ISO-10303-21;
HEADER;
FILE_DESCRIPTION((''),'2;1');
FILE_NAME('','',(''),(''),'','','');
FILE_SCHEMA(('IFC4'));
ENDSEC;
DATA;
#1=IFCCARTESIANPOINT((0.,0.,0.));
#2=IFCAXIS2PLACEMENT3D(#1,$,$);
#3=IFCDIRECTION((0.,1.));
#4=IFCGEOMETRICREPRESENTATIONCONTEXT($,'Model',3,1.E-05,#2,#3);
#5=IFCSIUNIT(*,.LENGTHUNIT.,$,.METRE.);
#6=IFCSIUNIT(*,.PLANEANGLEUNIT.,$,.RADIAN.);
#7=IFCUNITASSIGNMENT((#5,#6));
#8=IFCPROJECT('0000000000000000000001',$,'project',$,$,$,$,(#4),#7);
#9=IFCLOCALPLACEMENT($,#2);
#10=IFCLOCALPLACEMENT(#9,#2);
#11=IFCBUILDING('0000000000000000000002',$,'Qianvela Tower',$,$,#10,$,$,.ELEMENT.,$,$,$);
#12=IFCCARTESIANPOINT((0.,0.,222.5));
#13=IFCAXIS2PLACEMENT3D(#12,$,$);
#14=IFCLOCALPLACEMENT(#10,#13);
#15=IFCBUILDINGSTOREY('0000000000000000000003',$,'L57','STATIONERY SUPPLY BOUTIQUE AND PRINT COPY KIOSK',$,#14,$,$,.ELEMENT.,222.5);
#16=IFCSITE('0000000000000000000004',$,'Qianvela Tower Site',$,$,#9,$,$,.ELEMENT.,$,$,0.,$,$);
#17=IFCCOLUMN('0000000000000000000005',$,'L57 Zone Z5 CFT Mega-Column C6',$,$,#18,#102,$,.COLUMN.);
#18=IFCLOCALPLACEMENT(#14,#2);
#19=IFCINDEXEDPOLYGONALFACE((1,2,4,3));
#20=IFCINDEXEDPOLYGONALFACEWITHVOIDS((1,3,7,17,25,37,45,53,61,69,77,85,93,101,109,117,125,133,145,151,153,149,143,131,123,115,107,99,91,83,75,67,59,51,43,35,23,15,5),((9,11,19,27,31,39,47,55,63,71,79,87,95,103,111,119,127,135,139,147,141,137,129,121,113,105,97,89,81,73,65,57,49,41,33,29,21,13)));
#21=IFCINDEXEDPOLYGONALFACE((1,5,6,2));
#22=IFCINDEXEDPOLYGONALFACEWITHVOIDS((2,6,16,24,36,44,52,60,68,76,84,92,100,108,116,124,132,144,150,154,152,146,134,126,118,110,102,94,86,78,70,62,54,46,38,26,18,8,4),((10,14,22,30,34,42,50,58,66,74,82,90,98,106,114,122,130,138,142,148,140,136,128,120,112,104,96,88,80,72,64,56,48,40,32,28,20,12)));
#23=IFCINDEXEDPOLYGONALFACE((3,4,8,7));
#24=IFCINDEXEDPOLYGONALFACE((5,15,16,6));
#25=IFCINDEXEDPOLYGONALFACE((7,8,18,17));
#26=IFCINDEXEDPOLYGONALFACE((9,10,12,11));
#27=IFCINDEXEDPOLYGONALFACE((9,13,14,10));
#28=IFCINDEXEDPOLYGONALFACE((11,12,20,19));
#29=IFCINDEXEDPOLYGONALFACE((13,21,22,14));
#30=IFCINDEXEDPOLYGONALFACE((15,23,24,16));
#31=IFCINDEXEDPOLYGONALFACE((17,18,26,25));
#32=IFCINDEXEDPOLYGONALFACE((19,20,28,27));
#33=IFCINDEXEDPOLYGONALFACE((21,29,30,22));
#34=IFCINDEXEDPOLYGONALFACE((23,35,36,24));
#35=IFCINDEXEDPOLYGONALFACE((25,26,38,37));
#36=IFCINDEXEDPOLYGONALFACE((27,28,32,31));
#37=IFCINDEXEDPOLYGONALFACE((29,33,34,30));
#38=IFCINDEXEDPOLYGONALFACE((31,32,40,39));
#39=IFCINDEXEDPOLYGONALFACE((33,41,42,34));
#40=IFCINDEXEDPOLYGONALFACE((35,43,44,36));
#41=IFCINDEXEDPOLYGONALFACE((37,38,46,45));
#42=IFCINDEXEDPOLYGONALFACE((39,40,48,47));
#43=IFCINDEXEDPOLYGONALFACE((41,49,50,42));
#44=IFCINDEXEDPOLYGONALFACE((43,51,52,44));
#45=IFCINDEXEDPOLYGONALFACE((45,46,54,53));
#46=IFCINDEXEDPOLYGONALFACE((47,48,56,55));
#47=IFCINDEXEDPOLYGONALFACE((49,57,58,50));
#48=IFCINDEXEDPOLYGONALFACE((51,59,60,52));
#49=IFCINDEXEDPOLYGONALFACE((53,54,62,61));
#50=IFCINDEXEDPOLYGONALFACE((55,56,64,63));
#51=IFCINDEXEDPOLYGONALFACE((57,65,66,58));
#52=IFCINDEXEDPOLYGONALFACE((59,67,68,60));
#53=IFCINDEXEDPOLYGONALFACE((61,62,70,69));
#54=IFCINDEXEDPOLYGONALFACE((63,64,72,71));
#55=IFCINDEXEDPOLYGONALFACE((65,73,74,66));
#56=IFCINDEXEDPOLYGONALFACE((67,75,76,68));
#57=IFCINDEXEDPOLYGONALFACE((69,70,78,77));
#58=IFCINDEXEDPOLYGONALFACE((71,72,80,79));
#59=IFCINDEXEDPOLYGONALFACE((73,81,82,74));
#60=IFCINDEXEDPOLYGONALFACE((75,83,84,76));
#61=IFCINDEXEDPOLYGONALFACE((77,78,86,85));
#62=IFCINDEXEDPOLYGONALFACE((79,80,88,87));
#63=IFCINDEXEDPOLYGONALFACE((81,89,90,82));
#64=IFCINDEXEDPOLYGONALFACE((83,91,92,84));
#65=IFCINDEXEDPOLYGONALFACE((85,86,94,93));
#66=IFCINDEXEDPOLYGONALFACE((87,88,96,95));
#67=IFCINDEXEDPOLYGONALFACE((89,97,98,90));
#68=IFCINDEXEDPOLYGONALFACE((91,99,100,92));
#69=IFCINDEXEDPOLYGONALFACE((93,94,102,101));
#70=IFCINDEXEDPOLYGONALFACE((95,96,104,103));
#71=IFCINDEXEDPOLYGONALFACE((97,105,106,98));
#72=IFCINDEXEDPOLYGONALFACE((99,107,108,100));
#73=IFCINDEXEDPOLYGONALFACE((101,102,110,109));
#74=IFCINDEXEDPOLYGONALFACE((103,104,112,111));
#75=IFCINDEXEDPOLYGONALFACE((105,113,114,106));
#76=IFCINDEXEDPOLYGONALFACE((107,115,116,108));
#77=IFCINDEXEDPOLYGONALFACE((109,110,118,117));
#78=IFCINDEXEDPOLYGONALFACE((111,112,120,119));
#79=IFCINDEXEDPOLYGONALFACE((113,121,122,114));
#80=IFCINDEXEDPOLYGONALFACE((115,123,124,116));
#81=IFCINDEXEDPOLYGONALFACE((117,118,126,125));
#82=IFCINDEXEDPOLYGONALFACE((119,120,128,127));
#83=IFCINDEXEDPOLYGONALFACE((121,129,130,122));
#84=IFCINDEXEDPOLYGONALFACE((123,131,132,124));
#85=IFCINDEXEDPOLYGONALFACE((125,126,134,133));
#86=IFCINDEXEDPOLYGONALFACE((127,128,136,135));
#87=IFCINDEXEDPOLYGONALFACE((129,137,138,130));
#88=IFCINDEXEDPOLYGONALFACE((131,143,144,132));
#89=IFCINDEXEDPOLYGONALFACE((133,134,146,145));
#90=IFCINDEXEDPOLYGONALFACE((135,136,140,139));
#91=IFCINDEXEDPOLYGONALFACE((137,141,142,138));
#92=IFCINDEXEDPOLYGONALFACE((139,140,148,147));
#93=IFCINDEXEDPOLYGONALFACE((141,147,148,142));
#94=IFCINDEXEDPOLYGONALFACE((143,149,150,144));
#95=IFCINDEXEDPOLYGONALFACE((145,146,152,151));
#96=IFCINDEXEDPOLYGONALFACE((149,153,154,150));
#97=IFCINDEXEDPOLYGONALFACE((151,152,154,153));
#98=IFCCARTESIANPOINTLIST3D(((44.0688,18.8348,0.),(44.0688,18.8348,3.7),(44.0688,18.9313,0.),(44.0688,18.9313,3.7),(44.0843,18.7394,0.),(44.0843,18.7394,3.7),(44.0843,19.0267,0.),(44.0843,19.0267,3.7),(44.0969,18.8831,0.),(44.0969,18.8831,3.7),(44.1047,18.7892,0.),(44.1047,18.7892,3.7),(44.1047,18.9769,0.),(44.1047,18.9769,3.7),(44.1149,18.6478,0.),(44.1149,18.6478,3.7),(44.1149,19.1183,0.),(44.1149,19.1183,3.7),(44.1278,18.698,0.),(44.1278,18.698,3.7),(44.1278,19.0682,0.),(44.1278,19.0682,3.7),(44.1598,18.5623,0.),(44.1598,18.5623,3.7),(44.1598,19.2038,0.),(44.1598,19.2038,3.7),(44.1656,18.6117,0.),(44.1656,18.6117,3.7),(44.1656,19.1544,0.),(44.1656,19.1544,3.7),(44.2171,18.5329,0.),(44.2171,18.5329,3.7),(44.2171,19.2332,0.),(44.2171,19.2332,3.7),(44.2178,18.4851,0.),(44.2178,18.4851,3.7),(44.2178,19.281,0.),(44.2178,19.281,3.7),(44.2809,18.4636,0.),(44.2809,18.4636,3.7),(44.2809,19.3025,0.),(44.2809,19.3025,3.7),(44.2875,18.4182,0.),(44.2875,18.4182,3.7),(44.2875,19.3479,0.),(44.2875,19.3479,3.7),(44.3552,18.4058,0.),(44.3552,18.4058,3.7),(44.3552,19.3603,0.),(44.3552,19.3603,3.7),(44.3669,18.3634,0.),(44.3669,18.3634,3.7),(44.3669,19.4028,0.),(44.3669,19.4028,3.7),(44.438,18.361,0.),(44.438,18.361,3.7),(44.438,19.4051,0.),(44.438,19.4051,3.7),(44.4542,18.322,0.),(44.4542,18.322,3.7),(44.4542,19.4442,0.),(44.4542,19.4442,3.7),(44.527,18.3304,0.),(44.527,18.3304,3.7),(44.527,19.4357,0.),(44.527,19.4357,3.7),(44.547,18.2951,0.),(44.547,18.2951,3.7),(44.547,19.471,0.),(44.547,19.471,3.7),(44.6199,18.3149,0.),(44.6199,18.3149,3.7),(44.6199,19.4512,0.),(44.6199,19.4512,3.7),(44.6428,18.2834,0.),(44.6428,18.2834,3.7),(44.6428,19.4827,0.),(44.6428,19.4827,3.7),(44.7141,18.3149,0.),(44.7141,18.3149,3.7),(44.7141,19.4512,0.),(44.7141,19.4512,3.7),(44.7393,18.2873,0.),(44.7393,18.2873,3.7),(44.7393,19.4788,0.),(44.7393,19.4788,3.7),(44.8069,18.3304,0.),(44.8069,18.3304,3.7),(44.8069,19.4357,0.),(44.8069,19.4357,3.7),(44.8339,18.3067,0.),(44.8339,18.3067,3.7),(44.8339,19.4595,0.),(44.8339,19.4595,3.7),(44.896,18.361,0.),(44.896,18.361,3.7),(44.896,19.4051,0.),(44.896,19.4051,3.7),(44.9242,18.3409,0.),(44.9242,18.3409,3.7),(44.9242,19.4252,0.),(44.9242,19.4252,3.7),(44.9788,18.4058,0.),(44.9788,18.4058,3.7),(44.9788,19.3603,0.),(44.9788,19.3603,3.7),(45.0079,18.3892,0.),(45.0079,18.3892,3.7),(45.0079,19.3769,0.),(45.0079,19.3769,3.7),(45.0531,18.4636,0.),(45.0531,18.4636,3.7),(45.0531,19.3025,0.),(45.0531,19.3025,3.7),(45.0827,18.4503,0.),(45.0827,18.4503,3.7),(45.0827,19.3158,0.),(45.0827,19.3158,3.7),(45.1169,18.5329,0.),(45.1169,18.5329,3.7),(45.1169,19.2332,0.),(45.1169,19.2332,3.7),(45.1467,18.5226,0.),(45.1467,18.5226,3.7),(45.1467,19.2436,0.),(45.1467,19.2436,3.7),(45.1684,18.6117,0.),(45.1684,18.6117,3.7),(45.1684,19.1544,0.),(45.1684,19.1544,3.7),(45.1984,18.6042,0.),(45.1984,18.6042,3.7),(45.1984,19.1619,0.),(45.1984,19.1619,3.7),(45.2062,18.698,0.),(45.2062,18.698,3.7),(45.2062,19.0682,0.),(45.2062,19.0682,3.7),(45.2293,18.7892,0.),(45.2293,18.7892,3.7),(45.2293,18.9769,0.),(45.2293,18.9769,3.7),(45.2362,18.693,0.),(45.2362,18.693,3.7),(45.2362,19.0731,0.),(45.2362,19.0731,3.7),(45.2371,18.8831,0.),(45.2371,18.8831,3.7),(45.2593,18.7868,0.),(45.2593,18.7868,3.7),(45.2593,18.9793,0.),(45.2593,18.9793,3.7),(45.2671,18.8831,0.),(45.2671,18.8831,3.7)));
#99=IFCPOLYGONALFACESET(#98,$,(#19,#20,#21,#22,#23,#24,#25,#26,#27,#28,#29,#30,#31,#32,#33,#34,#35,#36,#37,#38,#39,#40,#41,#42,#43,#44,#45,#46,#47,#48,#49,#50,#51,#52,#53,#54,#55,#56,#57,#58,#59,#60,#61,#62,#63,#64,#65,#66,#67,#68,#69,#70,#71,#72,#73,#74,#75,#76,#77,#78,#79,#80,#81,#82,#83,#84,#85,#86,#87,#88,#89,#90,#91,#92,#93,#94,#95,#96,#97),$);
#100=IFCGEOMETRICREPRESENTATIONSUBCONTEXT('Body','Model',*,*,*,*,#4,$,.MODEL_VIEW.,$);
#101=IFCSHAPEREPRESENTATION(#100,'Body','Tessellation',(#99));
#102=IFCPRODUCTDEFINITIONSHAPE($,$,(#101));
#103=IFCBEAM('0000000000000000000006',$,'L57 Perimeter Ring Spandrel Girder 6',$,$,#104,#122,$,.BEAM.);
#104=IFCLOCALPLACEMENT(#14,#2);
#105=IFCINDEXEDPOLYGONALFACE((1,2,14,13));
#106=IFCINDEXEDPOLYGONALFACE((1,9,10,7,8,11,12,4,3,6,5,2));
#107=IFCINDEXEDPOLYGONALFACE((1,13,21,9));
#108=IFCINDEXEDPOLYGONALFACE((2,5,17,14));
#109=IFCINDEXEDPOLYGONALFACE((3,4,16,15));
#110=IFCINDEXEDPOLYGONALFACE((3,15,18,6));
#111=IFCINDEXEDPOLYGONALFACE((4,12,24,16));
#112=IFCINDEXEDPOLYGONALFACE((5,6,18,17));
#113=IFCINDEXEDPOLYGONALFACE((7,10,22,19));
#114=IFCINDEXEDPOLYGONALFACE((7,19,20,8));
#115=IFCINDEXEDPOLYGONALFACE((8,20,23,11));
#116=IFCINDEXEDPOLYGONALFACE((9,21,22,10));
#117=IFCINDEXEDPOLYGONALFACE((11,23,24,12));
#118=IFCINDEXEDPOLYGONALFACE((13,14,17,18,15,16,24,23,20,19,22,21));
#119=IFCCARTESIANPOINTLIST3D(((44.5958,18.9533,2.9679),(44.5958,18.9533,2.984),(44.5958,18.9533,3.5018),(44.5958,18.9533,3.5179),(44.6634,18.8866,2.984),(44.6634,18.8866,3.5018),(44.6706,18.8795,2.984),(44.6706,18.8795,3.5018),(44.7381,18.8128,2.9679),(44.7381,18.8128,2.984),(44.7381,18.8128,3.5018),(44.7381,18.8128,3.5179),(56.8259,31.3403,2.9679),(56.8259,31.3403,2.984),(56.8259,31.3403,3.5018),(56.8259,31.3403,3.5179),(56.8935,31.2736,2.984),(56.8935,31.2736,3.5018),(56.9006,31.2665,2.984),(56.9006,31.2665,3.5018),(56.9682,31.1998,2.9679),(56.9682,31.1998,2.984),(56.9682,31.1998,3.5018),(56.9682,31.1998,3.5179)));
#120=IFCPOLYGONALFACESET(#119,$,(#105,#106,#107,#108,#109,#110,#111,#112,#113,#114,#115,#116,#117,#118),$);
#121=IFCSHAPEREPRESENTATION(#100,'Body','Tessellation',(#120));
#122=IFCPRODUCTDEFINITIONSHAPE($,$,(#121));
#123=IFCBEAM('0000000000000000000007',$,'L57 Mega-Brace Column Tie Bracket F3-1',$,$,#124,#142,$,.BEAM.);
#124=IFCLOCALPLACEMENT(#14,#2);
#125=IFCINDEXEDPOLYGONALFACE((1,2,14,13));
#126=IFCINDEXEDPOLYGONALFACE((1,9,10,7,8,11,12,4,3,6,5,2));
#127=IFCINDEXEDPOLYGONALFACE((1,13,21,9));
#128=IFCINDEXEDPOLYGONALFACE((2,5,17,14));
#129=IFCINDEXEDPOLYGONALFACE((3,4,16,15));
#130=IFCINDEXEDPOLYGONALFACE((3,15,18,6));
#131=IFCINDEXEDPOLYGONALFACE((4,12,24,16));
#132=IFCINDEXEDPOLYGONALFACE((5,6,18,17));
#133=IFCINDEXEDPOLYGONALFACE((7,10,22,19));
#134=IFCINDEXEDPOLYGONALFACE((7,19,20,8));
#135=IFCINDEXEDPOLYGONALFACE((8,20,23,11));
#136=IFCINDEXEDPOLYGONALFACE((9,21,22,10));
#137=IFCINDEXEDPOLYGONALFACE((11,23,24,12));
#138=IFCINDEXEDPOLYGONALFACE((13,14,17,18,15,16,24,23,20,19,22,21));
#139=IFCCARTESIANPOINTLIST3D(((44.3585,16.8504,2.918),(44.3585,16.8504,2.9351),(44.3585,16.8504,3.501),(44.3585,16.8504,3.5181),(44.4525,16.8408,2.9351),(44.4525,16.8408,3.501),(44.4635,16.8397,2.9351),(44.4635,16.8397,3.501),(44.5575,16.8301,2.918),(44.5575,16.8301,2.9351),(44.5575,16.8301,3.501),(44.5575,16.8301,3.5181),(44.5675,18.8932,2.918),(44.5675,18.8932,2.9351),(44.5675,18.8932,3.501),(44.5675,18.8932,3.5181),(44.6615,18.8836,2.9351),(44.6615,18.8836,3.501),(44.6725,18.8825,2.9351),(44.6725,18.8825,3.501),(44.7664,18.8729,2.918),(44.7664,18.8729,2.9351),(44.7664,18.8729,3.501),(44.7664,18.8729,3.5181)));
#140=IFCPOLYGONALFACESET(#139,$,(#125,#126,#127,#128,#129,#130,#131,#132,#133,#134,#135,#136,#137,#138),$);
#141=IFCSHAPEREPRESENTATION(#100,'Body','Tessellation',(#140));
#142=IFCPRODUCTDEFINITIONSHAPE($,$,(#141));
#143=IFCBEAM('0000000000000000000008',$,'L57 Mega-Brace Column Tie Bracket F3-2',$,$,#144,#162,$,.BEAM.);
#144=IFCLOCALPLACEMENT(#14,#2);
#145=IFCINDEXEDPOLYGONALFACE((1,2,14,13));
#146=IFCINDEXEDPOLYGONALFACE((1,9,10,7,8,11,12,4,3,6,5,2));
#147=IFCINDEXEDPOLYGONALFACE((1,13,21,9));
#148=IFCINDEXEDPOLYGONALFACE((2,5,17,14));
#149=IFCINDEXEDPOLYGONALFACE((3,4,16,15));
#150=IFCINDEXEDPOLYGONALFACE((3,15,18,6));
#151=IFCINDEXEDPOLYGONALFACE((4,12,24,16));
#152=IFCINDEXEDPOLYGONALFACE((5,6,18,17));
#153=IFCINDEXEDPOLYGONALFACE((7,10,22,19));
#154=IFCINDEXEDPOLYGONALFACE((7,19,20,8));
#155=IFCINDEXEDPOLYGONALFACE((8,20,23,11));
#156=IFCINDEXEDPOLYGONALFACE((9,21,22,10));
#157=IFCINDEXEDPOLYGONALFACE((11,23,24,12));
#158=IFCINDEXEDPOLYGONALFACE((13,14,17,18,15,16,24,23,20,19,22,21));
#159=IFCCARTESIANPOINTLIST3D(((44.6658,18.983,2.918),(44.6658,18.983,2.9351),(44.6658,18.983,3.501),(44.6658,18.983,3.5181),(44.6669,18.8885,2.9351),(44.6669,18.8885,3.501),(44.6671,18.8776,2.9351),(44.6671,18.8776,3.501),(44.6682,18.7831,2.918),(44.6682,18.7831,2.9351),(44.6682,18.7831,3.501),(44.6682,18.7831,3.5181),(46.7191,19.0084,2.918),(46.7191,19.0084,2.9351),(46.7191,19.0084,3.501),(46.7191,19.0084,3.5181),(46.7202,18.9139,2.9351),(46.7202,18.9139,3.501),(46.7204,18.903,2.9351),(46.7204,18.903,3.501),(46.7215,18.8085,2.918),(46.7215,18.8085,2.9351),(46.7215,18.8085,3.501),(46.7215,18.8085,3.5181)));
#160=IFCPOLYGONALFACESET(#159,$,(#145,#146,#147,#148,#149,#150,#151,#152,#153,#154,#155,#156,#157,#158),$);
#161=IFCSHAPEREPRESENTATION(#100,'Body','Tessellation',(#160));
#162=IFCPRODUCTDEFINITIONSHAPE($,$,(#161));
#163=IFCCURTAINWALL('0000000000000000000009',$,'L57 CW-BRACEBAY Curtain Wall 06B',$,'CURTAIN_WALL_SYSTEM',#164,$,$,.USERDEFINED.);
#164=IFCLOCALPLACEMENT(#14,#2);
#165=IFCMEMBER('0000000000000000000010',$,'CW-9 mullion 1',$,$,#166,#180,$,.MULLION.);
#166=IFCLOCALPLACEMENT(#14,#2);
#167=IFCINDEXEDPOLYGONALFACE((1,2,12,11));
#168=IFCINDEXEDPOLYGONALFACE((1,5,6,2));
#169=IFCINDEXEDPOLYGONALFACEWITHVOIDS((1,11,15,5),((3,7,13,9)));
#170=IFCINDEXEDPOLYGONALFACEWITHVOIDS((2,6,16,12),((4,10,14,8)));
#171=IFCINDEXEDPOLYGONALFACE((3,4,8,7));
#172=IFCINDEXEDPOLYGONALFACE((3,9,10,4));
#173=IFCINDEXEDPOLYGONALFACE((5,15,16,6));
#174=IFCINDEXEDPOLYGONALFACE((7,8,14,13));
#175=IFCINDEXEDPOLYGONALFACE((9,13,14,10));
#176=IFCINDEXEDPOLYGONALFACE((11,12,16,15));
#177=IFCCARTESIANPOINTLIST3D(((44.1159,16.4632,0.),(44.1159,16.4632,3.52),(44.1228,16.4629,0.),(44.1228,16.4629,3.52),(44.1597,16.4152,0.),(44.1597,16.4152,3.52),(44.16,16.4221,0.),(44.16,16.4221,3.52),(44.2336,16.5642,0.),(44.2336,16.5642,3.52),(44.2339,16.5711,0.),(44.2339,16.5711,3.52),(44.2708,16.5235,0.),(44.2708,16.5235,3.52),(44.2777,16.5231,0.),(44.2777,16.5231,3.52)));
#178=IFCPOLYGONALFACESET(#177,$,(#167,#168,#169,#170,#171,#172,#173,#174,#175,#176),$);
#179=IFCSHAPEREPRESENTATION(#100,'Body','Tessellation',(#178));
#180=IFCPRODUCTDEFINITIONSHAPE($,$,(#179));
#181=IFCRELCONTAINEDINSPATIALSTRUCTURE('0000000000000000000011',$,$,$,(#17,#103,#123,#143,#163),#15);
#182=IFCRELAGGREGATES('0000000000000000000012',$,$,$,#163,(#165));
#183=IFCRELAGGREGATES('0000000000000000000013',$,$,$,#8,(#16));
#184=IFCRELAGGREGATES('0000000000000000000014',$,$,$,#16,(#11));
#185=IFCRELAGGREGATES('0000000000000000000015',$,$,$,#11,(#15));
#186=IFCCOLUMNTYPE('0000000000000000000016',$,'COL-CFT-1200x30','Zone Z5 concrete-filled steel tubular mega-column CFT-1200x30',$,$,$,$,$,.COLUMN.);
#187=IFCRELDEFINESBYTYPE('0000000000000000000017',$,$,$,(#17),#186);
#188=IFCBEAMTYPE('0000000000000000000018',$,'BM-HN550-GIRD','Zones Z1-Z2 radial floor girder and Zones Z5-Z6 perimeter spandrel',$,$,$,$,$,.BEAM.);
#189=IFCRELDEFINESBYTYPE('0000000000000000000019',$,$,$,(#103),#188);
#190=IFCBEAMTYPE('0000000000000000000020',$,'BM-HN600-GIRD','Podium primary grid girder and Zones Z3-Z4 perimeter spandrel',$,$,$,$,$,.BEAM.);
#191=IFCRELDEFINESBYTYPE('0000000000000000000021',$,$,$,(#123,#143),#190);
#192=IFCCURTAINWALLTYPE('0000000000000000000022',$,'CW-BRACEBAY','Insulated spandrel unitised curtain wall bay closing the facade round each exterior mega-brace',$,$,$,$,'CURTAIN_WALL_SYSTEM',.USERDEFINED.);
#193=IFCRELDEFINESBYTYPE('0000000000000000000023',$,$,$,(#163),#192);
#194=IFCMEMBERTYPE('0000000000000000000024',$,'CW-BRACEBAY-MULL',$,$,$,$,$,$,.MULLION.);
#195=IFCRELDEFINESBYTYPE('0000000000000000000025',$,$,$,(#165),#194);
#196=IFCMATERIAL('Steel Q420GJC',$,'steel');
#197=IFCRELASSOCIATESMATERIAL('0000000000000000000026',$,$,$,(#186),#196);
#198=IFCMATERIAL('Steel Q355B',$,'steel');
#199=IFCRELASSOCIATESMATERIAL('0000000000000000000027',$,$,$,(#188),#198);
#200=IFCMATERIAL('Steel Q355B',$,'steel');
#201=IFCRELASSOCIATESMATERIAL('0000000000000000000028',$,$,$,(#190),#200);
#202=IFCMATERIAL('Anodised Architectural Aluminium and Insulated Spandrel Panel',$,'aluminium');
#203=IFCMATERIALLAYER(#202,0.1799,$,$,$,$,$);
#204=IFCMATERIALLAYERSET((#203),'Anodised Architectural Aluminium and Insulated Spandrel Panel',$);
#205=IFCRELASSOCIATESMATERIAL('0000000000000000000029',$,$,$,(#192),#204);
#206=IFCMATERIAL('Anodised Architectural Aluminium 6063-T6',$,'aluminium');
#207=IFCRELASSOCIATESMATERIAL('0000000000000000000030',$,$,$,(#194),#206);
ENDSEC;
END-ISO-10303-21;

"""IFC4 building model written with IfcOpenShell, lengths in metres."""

from ifc_helpers import new_model, si_unit, direction, frame, origin, origin_2d, place, context, subcontext, project, spatial, hollow_rectangle, hollow_circle, i_section, extrude, material, layer, layer_set, material_profile, profile_set, type_object, element, aggregate, save


model = new_model("IFC4")

# Units and contexts
model_context = context("Model", 3, precision=1e-05, world=origin(), true_north=direction((0.0, 1.0)))
body_context = subcontext(model_context, "Body", "Model", "MODEL_VIEW")
ifc_project = project(units=[si_unit("LENGTHUNIT", "METRE"), si_unit("PLANEANGLEUNIT", "RADIAN")], contexts=[model_context])

# Site, building, storey
site_placement = place(None, origin())
site = spatial("IfcSite", under=ifc_project, at=site_placement, Name="Qianvela Tower Site", CompositionType="ELEMENT", RefElevation=0.0)
building_placement = place(site_placement, origin())
building = spatial("IfcBuilding", under=site, at=building_placement, Name="Qianvela Tower", CompositionType="ELEMENT")
storey_placement = place(building_placement, frame((0.0, 0.0, 222.5)))
storey = spatial("IfcBuildingStorey", under=building, at=storey_placement, Name="L57", Description="STATIONERY SUPPLY BOUTIQUE AND PRINT COPY KIOSK", CompositionType="ELEMENT", Elevation=222.5)

# Column
ifc_material_1 = material(Name="Steel Q420GJC", Category="steel")
ifc_material_profile_1 = material_profile(ifc_material_1, hollow_circle(Radius=0.6001, WallThickness=0.03, at=origin_2d()), Name="CFT-1200x30")
ifc_profile_set_1 = profile_set([ifc_material_profile_1], Name="Steel Q420GJC")
column_type = type_object("IfcColumnType", Name="COL-CFT-1200x30", Description="Zone Z5 concrete-filled steel tubular mega-column CFT-1200x30", PredefinedType="COLUMN", material=ifc_profile_set_1)
column_placement = place(storey_placement, frame((44.667, 18.8831, 0.0), z_axis=(0.0, 0.0, 1.0), x_axis=(1.0, 0.0, 0.0)))
element("IfcColumn", 1, at=column_placement, inside=storey, type_object=column_type, Name="L57 Zone Z5 CFT Mega-Column C6", PredefinedType="COLUMN", context=body_context, shape_type="SweptSolid", body=[
    extrude(hollow_circle(Radius=0.6001, WallThickness=0.03, at=origin_2d()), origin(), (0.0, 0.0, 1.0), 3.7),
])

# Beams
ifc_material_2 = material(Name="Steel Q355B", Category="steel")
ifc_material_profile_2 = material_profile(ifc_material_2, i_section(OverallWidth=0.2, OverallDepth=0.55, WebThickness=0.01, FlangeThickness=0.0161, at=origin_2d()), Name="HN550x200x10x16")
ifc_profile_set_2 = profile_set([ifc_material_profile_2], Name="Steel Q355B")
beam_type_1 = type_object("IfcBeamType", Name="BM-HN550-GIRD", Description="Zones Z1-Z2 radial floor girder and Zones Z5-Z6 perimeter spandrel", PredefinedType="BEAM", material=ifc_profile_set_2)
beam_placement = place(storey_placement, frame((44.667, 18.8831, 3.2429), z_axis=(0.702583, 0.711602, 0.0), x_axis=(-0.711602, 0.702583, 0.0)))
element("IfcBeam", 2, at=beam_placement, inside=storey, type_object=beam_type_1, Name="L57 Perimeter Ring Spandrel Girder 6", PredefinedType="BEAM", context=body_context, shape_type="SweptSolid", body=[
    extrude(i_section(OverallWidth=0.2, OverallDepth=0.55, WebThickness=0.01, FlangeThickness=0.0161, at=origin_2d()), origin(), (0.0, 0.0, 1.0), 17.4072),
])
ifc_material_3 = material(Name="Steel Q355B", Category="steel")
ifc_material_profile_3 = material_profile(ifc_material_3, i_section(OverallWidth=0.2, OverallDepth=0.6001, WebThickness=0.011, FlangeThickness=0.0171, at=origin_2d()), Name="HN600x200x11x17")
ifc_profile_set_3 = profile_set([ifc_material_profile_3], Name="Steel Q355B")
beam_type_2 = type_object("IfcBeamType", Name="BM-HN600-GIRD", Description="Podium primary grid girder and Zones Z3-Z4 perimeter spandrel", PredefinedType="BEAM", material=ifc_profile_set_3)
for number, where, z_axis, x_axis, name in (
    (3, (44.667, 18.8831, 3.218), (-0.101775, -0.994807, 0.0), (0.994807, -0.101775, 0.0), "L57 Mega-Brace Column Tie Bracket F3-1"),
    (4, (44.667, 18.8831, 3.218), (0.999924, 0.012365, 0.0), (-0.012365, 0.999924, 0.0), "L57 Mega-Brace Column Tie Bracket F3-2"),
):
    element("IfcBeam", number, at=place(storey_placement, frame(where, z_axis=z_axis, x_axis=x_axis)), inside=storey, type_object=beam_type_2, Name=name, PredefinedType="BEAM", context=body_context, shape_type="SweptSolid", body=[
        extrude(i_section(OverallWidth=0.2, OverallDepth=0.6001, WebThickness=0.011, FlangeThickness=0.0171, at=origin_2d()), origin(), (0.0, 0.0, 1.0), 2.0535),
    ])

# Curtain wall, member
ifc_material_4 = material(Name="Anodised Architectural Aluminium and Insulated Spandrel Panel", Category="aluminium")
ifc_layer_1 = layer(ifc_material_4, 0.1799)
ifc_layer_set_1 = layer_set([ifc_layer_1], Name="Anodised Architectural Aluminium and Insulated Spandrel Panel")
curtain_wall_type_1 = type_object("IfcCurtainWallType", Name="CW-BRACEBAY", Description="Insulated spandrel unitised curtain wall bay closing the facade round each exterior mega-brace", ElementType="CURTAIN_WALL_SYSTEM", PredefinedType="USERDEFINED", material=ifc_layer_set_1)
curtain_wall_1_placement = place(storey_placement, origin())
curtain_wall_1 = element("IfcCurtainWall", 5, at=curtain_wall_1_placement, inside=storey, type_object=curtain_wall_type_1, Name="L57 CW-BRACEBAY Curtain Wall 06B", ObjectType="CURTAIN_WALL_SYSTEM", PredefinedType="USERDEFINED")
ifc_material_5 = material(Name="Anodised Architectural Aluminium 6063-T6", Category="aluminium")
ifc_material_profile_4 = material_profile(ifc_material_5, hollow_rectangle(XDim=0.0649, YDim=0.1599, WallThickness=0.0049, at=origin_2d()), Name="ALU-MULL-65x160")
ifc_profile_set_4 = profile_set([ifc_material_profile_4], Name="Anodised Architectural Aluminium 6063-T6")
member_type_1 = type_object("IfcMemberType", Name="CW-BRACEBAY-MULL", PredefinedType="MULLION", material=ifc_profile_set_4)
member_1_placement = place(storey_placement, frame((44.1968, 16.4932, 0.0), z_axis=(0.0, 0.0, 1.0), x_axis=(-0.67474, 0.738056, 0.0)))
member_1 = element("IfcMember", 6, at=member_1_placement, type_object=member_type_1, Name="CW-9 mullion 1", PredefinedType="MULLION", context=body_context, shape_type="SweptSolid", body=[
    extrude(hollow_rectangle(XDim=0.0649, YDim=0.1599, WallThickness=0.0049, at=origin_2d()), origin(), (0.0, 0.0, 1.0), 3.52),
])
aggregate(curtain_wall_1, [member_1])

save(model, "model.ifc")
